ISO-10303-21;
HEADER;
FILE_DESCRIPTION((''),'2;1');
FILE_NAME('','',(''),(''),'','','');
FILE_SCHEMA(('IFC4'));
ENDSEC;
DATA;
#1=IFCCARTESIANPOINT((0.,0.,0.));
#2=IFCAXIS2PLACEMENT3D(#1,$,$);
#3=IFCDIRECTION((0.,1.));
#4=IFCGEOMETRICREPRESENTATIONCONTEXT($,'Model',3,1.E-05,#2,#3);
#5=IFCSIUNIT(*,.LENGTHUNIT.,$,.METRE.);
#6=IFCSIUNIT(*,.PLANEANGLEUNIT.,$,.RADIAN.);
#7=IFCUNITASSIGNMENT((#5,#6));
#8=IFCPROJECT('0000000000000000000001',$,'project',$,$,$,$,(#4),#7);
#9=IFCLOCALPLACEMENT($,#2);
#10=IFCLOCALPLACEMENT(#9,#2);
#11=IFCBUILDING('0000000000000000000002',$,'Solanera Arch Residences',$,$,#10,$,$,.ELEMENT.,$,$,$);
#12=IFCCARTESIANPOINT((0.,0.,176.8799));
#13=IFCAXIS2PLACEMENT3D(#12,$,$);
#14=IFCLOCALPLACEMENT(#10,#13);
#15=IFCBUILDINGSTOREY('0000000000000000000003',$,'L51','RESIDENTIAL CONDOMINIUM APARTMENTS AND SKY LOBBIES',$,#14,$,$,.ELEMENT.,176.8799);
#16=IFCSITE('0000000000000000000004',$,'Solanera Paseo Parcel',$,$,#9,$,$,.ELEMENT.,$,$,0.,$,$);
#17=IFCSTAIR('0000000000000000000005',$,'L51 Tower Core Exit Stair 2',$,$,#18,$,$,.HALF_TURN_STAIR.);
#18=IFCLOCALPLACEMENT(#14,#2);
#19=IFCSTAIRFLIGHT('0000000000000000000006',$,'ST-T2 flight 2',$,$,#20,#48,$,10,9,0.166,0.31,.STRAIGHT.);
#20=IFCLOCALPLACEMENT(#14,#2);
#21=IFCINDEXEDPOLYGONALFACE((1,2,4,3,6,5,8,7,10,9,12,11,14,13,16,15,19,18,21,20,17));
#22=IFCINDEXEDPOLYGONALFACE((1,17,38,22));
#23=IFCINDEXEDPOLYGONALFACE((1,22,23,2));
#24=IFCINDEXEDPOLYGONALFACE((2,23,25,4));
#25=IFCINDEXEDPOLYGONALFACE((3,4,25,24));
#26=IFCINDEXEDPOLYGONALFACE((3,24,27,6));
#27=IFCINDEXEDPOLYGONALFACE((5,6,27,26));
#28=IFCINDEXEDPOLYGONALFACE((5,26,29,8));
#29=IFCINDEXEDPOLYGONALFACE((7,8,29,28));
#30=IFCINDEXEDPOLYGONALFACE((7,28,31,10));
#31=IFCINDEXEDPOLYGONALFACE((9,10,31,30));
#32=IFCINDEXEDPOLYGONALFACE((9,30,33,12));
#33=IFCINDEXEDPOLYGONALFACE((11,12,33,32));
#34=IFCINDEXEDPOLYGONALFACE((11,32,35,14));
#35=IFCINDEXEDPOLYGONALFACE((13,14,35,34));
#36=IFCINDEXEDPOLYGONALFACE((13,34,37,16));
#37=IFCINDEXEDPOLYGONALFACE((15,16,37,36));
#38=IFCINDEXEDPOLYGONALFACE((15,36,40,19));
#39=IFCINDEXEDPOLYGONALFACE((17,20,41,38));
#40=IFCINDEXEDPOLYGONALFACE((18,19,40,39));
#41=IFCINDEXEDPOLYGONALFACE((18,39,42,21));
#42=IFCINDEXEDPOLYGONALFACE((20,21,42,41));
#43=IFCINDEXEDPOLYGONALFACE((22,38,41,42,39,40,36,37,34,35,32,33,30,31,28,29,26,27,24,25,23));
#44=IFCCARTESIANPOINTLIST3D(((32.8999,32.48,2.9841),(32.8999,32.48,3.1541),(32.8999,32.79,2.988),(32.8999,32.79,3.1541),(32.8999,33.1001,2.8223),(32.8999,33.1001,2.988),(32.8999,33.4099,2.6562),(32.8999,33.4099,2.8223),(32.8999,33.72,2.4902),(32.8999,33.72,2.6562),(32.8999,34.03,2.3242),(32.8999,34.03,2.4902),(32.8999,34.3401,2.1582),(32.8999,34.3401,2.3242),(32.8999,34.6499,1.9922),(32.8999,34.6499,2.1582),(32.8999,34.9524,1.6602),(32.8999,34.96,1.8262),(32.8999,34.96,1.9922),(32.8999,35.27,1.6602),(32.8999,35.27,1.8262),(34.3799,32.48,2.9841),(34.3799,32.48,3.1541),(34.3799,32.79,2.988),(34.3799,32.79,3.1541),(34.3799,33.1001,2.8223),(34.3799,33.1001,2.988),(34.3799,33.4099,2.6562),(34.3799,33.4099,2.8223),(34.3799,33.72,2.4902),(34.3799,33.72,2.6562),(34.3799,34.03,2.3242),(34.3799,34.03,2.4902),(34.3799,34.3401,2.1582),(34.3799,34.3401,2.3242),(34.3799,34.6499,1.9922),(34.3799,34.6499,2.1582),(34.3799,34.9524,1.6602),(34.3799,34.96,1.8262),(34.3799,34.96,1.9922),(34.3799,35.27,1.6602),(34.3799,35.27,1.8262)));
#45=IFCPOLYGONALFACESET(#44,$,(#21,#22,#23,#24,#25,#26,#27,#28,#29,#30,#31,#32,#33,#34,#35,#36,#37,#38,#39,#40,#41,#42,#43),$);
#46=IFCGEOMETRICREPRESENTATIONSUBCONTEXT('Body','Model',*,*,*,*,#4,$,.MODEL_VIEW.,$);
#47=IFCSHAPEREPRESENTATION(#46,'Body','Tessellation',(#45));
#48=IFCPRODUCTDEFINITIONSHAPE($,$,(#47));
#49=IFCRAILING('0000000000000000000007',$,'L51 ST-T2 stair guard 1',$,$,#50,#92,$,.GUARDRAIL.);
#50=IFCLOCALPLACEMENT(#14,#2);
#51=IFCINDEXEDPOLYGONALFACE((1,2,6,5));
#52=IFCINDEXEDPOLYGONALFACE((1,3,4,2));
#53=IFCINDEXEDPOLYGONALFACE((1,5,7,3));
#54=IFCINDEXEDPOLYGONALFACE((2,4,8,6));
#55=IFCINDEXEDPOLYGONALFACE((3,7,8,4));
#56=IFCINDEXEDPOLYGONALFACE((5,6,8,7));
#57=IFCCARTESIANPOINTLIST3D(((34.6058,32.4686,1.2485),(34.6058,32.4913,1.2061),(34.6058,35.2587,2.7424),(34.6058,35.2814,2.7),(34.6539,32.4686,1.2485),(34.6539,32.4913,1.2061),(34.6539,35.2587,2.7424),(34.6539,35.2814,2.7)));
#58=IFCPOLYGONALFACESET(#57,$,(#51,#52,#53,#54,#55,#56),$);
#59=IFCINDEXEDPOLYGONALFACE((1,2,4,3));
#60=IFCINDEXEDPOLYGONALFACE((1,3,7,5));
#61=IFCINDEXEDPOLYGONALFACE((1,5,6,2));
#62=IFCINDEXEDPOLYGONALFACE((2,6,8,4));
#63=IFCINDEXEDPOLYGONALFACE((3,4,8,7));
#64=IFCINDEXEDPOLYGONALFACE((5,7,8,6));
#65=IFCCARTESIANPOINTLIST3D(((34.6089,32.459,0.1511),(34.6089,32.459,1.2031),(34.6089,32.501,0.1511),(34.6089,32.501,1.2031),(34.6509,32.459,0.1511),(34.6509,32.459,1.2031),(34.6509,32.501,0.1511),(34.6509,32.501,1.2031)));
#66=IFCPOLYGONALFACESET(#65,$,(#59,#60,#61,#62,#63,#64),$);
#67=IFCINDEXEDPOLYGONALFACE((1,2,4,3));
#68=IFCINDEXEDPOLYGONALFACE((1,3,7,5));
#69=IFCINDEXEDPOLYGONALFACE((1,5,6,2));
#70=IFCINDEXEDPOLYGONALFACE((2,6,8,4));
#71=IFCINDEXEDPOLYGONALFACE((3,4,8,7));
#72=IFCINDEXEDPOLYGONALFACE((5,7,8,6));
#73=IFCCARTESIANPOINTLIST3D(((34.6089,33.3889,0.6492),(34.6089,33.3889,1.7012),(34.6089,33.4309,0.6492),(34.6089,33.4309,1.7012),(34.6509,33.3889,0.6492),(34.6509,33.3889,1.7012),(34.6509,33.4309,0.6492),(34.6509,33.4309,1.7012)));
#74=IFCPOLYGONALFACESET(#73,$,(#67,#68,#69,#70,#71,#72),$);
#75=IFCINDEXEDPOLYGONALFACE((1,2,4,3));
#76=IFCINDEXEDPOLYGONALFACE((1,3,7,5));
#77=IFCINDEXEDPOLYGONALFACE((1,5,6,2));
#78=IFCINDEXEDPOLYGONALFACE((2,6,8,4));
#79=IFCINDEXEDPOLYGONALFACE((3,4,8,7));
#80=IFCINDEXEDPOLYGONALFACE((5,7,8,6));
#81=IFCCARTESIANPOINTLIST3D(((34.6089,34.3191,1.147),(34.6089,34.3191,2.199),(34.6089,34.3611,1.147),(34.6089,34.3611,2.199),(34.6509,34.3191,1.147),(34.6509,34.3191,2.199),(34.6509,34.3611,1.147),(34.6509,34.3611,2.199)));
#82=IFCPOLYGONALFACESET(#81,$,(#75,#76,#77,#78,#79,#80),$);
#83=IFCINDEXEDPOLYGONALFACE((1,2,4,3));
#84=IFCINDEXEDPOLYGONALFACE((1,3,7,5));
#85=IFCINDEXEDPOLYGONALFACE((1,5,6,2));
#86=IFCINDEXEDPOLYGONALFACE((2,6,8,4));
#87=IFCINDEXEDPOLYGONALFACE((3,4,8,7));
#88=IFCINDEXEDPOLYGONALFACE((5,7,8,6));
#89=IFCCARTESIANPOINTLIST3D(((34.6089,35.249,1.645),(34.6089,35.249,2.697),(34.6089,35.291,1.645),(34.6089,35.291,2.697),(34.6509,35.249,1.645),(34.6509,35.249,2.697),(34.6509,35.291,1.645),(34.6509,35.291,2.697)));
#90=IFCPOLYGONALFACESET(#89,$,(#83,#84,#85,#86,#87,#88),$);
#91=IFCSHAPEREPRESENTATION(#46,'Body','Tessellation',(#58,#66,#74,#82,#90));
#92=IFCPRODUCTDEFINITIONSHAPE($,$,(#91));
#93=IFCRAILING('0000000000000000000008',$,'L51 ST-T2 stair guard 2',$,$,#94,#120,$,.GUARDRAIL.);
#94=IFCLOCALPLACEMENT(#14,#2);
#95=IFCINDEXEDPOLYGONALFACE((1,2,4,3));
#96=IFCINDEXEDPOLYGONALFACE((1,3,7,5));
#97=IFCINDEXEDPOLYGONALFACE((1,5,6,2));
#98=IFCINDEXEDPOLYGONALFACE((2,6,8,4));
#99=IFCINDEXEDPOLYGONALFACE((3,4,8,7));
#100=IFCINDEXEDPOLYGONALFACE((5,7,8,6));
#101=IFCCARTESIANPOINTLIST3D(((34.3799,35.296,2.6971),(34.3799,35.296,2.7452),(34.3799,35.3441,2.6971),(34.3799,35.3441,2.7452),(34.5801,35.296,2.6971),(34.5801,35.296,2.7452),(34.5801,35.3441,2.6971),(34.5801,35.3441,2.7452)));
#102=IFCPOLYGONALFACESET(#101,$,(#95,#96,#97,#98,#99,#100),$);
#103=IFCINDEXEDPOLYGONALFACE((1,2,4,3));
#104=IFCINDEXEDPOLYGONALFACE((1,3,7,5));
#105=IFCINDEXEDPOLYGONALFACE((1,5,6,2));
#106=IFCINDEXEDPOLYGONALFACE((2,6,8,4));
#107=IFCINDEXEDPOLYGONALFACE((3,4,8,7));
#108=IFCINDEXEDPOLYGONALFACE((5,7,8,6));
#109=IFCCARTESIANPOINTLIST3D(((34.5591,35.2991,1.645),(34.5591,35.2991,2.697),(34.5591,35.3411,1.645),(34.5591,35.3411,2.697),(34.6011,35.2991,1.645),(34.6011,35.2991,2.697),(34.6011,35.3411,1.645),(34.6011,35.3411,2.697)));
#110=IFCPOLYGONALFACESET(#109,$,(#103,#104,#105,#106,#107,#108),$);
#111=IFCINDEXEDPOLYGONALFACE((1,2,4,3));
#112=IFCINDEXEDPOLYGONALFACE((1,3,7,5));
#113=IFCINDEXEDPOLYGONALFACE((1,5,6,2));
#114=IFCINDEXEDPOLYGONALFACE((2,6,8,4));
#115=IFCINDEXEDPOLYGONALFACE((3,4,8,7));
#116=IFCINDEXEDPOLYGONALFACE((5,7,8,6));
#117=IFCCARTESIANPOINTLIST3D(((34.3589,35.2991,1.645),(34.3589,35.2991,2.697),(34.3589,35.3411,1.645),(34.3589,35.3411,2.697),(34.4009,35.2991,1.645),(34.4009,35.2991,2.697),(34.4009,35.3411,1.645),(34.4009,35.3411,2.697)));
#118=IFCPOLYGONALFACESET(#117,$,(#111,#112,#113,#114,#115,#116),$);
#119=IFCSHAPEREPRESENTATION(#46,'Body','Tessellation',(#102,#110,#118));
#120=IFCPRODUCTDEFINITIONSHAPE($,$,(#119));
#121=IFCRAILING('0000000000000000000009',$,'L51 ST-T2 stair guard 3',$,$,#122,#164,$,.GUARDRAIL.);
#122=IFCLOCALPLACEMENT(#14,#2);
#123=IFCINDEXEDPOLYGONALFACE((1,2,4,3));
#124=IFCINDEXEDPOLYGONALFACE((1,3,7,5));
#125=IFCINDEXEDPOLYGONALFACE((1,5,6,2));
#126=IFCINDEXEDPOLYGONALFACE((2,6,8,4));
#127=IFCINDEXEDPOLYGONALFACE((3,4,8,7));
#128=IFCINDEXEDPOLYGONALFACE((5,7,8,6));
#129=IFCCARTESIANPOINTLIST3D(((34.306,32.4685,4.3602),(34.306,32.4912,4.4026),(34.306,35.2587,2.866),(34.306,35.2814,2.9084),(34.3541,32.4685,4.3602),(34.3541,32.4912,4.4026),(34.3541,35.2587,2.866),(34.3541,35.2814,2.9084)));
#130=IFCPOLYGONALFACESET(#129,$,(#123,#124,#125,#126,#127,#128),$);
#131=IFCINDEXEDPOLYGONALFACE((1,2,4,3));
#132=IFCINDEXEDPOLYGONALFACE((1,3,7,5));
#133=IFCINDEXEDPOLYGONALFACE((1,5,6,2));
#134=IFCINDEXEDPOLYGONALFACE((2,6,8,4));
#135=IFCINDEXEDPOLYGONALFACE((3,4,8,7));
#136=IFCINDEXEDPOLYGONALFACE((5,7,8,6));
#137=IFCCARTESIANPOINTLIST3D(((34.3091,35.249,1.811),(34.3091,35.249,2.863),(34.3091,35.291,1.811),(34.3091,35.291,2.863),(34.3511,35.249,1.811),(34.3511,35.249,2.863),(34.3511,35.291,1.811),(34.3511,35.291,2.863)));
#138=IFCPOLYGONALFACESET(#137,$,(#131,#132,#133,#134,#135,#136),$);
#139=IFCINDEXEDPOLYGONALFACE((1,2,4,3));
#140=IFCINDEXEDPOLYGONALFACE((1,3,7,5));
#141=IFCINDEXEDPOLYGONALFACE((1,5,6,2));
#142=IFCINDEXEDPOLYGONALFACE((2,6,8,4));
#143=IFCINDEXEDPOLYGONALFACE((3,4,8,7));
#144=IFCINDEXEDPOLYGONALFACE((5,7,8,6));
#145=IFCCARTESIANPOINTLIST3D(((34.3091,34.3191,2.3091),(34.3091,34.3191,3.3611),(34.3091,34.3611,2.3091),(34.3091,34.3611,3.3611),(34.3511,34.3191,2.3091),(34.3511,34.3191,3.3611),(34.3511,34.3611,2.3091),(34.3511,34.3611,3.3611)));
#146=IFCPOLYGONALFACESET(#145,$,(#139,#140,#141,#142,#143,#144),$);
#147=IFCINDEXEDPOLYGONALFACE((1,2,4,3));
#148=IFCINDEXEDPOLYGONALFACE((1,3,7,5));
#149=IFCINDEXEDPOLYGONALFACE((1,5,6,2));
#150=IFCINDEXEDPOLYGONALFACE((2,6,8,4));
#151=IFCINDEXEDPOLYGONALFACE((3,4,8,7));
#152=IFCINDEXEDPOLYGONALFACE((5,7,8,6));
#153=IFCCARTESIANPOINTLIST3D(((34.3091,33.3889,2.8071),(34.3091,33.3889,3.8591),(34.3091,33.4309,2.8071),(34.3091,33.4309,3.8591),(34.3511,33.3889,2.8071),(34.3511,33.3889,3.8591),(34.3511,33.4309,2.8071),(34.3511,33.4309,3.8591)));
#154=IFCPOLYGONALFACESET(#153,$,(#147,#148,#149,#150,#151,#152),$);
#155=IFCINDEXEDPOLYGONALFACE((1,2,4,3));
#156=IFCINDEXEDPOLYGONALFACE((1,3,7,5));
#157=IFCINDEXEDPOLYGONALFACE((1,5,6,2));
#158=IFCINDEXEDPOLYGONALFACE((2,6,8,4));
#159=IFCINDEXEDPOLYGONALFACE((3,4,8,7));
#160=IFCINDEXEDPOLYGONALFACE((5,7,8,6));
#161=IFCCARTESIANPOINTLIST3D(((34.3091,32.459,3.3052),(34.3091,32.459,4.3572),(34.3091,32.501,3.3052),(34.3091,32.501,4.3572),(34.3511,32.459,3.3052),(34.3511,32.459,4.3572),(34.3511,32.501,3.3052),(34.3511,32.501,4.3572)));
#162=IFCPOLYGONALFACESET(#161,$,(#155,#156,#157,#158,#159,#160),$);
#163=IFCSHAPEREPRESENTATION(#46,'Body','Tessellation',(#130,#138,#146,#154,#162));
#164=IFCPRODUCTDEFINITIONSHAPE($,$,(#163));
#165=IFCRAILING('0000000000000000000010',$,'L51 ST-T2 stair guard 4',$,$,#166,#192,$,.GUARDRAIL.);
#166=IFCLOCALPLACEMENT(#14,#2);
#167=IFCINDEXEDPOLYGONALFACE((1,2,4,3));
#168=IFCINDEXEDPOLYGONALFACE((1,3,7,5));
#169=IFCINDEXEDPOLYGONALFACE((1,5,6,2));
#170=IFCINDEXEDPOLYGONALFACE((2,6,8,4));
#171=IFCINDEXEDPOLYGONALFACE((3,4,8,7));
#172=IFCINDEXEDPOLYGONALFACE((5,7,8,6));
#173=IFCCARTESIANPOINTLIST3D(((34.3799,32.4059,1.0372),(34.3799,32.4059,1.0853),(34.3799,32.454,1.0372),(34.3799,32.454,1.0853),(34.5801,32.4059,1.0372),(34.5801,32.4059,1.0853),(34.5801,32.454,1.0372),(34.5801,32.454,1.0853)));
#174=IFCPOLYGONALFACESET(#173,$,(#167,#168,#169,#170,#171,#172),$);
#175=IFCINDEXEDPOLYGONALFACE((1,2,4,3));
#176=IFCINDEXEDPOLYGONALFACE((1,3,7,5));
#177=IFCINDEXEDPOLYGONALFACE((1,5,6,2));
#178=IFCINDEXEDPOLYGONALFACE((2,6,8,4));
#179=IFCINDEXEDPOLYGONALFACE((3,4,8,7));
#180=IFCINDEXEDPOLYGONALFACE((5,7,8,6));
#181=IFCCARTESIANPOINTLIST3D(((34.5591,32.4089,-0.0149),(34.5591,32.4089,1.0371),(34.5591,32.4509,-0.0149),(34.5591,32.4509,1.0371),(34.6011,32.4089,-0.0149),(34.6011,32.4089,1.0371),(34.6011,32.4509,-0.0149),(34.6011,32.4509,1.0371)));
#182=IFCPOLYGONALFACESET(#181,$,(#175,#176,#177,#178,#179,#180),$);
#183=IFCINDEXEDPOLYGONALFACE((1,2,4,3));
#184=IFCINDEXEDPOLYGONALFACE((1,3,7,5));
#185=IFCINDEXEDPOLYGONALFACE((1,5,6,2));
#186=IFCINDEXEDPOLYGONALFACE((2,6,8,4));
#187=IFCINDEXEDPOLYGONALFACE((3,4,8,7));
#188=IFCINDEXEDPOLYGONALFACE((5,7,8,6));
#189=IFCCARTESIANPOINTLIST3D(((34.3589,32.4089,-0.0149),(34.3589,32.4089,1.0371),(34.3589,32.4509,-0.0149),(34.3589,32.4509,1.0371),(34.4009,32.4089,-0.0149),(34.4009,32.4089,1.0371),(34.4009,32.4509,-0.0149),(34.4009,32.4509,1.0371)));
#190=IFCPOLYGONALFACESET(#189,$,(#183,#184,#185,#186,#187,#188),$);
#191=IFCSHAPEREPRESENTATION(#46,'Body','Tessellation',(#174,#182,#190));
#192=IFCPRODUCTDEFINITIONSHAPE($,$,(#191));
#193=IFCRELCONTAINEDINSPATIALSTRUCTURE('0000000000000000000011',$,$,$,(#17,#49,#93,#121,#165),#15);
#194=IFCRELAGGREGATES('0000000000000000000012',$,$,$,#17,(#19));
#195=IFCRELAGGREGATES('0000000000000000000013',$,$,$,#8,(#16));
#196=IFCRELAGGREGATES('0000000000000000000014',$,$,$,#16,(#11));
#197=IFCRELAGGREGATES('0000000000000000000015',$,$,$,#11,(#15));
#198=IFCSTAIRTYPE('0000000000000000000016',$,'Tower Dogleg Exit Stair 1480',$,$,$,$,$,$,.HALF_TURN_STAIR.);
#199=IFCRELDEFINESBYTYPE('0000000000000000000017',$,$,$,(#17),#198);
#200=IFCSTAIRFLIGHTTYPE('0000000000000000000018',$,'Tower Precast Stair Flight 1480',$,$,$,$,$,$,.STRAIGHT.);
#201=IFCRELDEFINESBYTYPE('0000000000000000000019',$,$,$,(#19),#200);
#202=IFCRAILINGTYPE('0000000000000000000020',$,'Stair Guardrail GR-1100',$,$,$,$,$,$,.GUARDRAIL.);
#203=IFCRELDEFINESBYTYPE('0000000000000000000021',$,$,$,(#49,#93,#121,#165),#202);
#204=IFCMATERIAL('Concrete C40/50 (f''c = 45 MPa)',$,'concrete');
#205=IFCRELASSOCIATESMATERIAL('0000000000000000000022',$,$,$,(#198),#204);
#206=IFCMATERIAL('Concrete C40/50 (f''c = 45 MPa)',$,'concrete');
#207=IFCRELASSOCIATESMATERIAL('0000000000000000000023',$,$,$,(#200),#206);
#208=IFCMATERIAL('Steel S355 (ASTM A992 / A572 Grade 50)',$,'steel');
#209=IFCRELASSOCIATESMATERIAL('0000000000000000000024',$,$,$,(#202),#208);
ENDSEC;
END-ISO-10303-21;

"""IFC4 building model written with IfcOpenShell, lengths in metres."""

from ifc_helpers import new_model, si_unit, direction, frame, origin, origin_2d, place, context, subcontext, project, spatial, polyline, rectangle, outline, extrude, material, type_object, element, aggregate, save


model = new_model("IFC4")

# Units and contexts
model_context = context("Model", 3, precision=1e-05, world=origin(), true_north=direction((0.0, 1.0)))
body_context = subcontext(model_context, "Body", "Model", "MODEL_VIEW")
ifc_project = project(units=[si_unit("LENGTHUNIT", "METRE"), si_unit("PLANEANGLEUNIT", "RADIAN")], contexts=[model_context])

# Site, building, storey
site_placement = place(None, origin())
site = spatial("IfcSite", under=ifc_project, at=site_placement, Name="Solanera Paseo Parcel", CompositionType="ELEMENT", RefElevation=0.0)
building_placement = place(site_placement, origin())
building = spatial("IfcBuilding", under=site, at=building_placement, Name="Solanera Arch Residences", CompositionType="ELEMENT")
storey_placement = place(building_placement, frame((0.0, 0.0, 176.8799)))
storey = spatial("IfcBuildingStorey", under=building, at=storey_placement, Name="L51", Description="RESIDENTIAL CONDOMINIUM APARTMENTS AND SKY LOBBIES", CompositionType="ELEMENT", Elevation=176.8799)

# Stair, stair flight
ifc_material_1 = material(Name="Concrete C40/50 (f'c = 45 MPa)", Category="concrete")
stair_type = type_object("IfcStairType", Name="Tower Dogleg Exit Stair 1480", PredefinedType="HALF_TURN_STAIR", material=ifc_material_1)
stair_placement = place(storey_placement, origin())
stair = element("IfcStair", 1, at=stair_placement, inside=storey, type_object=stair_type, Name="L51 Tower Core Exit Stair 2", PredefinedType="HALF_TURN_STAIR")
ifc_material_2 = material(Name="Concrete C40/50 (f'c = 45 MPa)", Category="concrete")
stair_flight_type = type_object("IfcStairFlightType", Name="Tower Precast Stair Flight 1480", PredefinedType="STRAIGHT", material=ifc_material_2)
stair_flight_1_placement = place(storey_placement, frame((33.6399, 35.27, 1.6602), z_axis=(0.0, 0.0, 1.0), x_axis=(0.0, -1.0, 0.0)))
stair_flight_1 = element("IfcStairFlight", 2, at=stair_flight_1_placement, type_object=stair_flight_type, Name="ST-T2 flight 2", NumberOfRisers=10, NumberOfTreads=9, PredefinedType="STRAIGHT", RiserHeight=0.166, TreadLength=0.31, context=body_context, shape_type="SweptSolid", body=[
    extrude(outline(polyline([(0.0, 0.0), (0.0, 0.166), (0.3101, 0.166), (0.3101, 0.332), (0.6201, 0.332), (0.6201, 0.498), (0.9299, 0.498), (0.9299, 0.6641), (1.24, 0.6641), (1.24, 0.8301), (1.55, 0.8301), (1.55, 0.9961), (1.8601, 0.9961), (1.8601, 1.1621), (2.1699, 1.1621), (2.1699, 1.3279), (2.48, 1.3279), (2.48, 1.4939), (2.79, 1.4939), (2.79, 1.6599), (2.79, 1.324), (0.3176, 0.0), (0.0, 0.0)])), frame((0.0, 0.74, 0.0), z_axis=(0.0, -1.0, 0.0), x_axis=(1.0, 0.0, 0.0)), (0.0, 0.0, 1.0), 1.48),
])
aggregate(stair, [stair_flight_1])

# Railings
ifc_material_3 = material(Name="Steel S355 (ASTM A992 / A572 Grade 50)", Category="steel")
railing_type_1 = type_object("IfcRailingType", Name="Stair Guardrail GR-1100", PredefinedType="GUARDRAIL", material=ifc_material_3)
railing_1_placement = place(storey_placement, frame((34.6299, 32.48, 0.1511)))
element("IfcRailing", 3, at=railing_1_placement, inside=storey, type_object=railing_type_1, Name="L51 ST-T2 stair guard 1", PredefinedType="GUARDRAIL", context=body_context, shape_type="SweptSolid", body=[
    extrude(rectangle(XDim=0.0481, YDim=0.0481, at=origin_2d()), frame((0.0, 0.0, 1.0762), z_axis=(0.0, 0.881581, 0.472033), x_axis=(-1.0, 0.0, 0.0)), (0.0, 0.0, 1.0), 3.1648),
    extrude(rectangle(XDim=0.042, YDim=0.042, at=origin_2d()), origin(), (0.0, 0.0, 1.0), 1.052),
    extrude(rectangle(XDim=0.042, YDim=0.042, at=origin_2d()), frame((0.0, 0.9299, 0.498)), (0.0, 0.0, 1.0), 1.052),
    extrude(rectangle(XDim=0.042, YDim=0.042, at=origin_2d()), frame((0.0, 1.8601, 0.9958)), (0.0, 0.0, 1.0), 1.052),
    extrude(rectangle(XDim=0.042, YDim=0.042, at=origin_2d()), frame((0.0, 2.79, 1.4939)), (0.0, 0.0, 1.0), 1.052),
])
railing_2_placement = place(storey_placement, frame((34.5801, 35.3201, 1.645)))
element("IfcRailing", 4, at=railing_2_placement, inside=storey, type_object=railing_type_1, Name="L51 ST-T2 stair guard 2", PredefinedType="GUARDRAIL", context=body_context, shape_type="SweptSolid", body=[
    extrude(rectangle(XDim=0.0481, YDim=0.0481, at=origin_2d()), frame((0.0, 0.0, 1.0762), z_axis=(-1.0, 0.0, 0.0), x_axis=(0.0, -1.0, 0.0)), (0.0, 0.0, 1.0), 0.2002),
    extrude(rectangle(XDim=0.042, YDim=0.042, at=origin_2d()), origin(), (0.0, 0.0, 1.0), 1.052),
    extrude(rectangle(XDim=0.042, YDim=0.042, at=origin_2d()), frame((-0.2002, 0.0, 0.0)), (0.0, 0.0, 1.0), 1.052),
])
railing_3_placement = place(storey_placement, frame((34.3301, 35.27, 1.811)))
element("IfcRailing", 5, at=railing_3_placement, inside=storey, type_object=railing_type_1, Name="L51 ST-T2 stair guard 3", PredefinedType="GUARDRAIL", context=body_context, shape_type="SweptSolid", body=[
    extrude(rectangle(XDim=0.0481, YDim=0.0481, at=origin_2d()), frame((0.0, 0.0, 1.0762), z_axis=(0.0, -0.881549, 0.472093), x_axis=(1.0, 0.0, 0.0)), (0.0, 0.0, 1.0), 3.165),
    extrude(rectangle(XDim=0.042, YDim=0.042, at=origin_2d()), origin(), (0.0, 0.0, 1.0), 1.052),
    extrude(rectangle(XDim=0.042, YDim=0.042, at=origin_2d()), frame((0.0, -0.9299, 0.498)), (0.0, 0.0, 1.0), 1.052),
    extrude(rectangle(XDim=0.042, YDim=0.042, at=origin_2d()), frame((0.0, -1.8601, 0.9961)), (0.0, 0.0, 1.0), 1.052),
    extrude(rectangle(XDim=0.042, YDim=0.042, at=origin_2d()), frame((0.0, -2.79, 1.4941)), (0.0, 0.0, 1.0), 1.052),
])
railing_4_placement = place(storey_placement, frame((34.5801, 32.4299, -0.0149)))
element("IfcRailing", 6, at=railing_4_placement, inside=storey, type_object=railing_type_1, Name="L51 ST-T2 stair guard 4", PredefinedType="GUARDRAIL", context=body_context, shape_type="SweptSolid", body=[
    extrude(rectangle(XDim=0.0481, YDim=0.0481, at=origin_2d()), frame((0.0, 0.0, 1.0762), z_axis=(-1.0, 0.0, 0.0), x_axis=(0.0, -1.0, 0.0)), (0.0, 0.0, 1.0), 0.2002),
    extrude(rectangle(XDim=0.042, YDim=0.042, at=origin_2d()), origin(), (0.0, 0.0, 1.0), 1.052),
    extrude(rectangle(XDim=0.042, YDim=0.042, at=origin_2d()), frame((-0.2002, 0.0, 0.0)), (0.0, 0.0, 1.0), 1.052),
])

save(model, "model.ifc")
